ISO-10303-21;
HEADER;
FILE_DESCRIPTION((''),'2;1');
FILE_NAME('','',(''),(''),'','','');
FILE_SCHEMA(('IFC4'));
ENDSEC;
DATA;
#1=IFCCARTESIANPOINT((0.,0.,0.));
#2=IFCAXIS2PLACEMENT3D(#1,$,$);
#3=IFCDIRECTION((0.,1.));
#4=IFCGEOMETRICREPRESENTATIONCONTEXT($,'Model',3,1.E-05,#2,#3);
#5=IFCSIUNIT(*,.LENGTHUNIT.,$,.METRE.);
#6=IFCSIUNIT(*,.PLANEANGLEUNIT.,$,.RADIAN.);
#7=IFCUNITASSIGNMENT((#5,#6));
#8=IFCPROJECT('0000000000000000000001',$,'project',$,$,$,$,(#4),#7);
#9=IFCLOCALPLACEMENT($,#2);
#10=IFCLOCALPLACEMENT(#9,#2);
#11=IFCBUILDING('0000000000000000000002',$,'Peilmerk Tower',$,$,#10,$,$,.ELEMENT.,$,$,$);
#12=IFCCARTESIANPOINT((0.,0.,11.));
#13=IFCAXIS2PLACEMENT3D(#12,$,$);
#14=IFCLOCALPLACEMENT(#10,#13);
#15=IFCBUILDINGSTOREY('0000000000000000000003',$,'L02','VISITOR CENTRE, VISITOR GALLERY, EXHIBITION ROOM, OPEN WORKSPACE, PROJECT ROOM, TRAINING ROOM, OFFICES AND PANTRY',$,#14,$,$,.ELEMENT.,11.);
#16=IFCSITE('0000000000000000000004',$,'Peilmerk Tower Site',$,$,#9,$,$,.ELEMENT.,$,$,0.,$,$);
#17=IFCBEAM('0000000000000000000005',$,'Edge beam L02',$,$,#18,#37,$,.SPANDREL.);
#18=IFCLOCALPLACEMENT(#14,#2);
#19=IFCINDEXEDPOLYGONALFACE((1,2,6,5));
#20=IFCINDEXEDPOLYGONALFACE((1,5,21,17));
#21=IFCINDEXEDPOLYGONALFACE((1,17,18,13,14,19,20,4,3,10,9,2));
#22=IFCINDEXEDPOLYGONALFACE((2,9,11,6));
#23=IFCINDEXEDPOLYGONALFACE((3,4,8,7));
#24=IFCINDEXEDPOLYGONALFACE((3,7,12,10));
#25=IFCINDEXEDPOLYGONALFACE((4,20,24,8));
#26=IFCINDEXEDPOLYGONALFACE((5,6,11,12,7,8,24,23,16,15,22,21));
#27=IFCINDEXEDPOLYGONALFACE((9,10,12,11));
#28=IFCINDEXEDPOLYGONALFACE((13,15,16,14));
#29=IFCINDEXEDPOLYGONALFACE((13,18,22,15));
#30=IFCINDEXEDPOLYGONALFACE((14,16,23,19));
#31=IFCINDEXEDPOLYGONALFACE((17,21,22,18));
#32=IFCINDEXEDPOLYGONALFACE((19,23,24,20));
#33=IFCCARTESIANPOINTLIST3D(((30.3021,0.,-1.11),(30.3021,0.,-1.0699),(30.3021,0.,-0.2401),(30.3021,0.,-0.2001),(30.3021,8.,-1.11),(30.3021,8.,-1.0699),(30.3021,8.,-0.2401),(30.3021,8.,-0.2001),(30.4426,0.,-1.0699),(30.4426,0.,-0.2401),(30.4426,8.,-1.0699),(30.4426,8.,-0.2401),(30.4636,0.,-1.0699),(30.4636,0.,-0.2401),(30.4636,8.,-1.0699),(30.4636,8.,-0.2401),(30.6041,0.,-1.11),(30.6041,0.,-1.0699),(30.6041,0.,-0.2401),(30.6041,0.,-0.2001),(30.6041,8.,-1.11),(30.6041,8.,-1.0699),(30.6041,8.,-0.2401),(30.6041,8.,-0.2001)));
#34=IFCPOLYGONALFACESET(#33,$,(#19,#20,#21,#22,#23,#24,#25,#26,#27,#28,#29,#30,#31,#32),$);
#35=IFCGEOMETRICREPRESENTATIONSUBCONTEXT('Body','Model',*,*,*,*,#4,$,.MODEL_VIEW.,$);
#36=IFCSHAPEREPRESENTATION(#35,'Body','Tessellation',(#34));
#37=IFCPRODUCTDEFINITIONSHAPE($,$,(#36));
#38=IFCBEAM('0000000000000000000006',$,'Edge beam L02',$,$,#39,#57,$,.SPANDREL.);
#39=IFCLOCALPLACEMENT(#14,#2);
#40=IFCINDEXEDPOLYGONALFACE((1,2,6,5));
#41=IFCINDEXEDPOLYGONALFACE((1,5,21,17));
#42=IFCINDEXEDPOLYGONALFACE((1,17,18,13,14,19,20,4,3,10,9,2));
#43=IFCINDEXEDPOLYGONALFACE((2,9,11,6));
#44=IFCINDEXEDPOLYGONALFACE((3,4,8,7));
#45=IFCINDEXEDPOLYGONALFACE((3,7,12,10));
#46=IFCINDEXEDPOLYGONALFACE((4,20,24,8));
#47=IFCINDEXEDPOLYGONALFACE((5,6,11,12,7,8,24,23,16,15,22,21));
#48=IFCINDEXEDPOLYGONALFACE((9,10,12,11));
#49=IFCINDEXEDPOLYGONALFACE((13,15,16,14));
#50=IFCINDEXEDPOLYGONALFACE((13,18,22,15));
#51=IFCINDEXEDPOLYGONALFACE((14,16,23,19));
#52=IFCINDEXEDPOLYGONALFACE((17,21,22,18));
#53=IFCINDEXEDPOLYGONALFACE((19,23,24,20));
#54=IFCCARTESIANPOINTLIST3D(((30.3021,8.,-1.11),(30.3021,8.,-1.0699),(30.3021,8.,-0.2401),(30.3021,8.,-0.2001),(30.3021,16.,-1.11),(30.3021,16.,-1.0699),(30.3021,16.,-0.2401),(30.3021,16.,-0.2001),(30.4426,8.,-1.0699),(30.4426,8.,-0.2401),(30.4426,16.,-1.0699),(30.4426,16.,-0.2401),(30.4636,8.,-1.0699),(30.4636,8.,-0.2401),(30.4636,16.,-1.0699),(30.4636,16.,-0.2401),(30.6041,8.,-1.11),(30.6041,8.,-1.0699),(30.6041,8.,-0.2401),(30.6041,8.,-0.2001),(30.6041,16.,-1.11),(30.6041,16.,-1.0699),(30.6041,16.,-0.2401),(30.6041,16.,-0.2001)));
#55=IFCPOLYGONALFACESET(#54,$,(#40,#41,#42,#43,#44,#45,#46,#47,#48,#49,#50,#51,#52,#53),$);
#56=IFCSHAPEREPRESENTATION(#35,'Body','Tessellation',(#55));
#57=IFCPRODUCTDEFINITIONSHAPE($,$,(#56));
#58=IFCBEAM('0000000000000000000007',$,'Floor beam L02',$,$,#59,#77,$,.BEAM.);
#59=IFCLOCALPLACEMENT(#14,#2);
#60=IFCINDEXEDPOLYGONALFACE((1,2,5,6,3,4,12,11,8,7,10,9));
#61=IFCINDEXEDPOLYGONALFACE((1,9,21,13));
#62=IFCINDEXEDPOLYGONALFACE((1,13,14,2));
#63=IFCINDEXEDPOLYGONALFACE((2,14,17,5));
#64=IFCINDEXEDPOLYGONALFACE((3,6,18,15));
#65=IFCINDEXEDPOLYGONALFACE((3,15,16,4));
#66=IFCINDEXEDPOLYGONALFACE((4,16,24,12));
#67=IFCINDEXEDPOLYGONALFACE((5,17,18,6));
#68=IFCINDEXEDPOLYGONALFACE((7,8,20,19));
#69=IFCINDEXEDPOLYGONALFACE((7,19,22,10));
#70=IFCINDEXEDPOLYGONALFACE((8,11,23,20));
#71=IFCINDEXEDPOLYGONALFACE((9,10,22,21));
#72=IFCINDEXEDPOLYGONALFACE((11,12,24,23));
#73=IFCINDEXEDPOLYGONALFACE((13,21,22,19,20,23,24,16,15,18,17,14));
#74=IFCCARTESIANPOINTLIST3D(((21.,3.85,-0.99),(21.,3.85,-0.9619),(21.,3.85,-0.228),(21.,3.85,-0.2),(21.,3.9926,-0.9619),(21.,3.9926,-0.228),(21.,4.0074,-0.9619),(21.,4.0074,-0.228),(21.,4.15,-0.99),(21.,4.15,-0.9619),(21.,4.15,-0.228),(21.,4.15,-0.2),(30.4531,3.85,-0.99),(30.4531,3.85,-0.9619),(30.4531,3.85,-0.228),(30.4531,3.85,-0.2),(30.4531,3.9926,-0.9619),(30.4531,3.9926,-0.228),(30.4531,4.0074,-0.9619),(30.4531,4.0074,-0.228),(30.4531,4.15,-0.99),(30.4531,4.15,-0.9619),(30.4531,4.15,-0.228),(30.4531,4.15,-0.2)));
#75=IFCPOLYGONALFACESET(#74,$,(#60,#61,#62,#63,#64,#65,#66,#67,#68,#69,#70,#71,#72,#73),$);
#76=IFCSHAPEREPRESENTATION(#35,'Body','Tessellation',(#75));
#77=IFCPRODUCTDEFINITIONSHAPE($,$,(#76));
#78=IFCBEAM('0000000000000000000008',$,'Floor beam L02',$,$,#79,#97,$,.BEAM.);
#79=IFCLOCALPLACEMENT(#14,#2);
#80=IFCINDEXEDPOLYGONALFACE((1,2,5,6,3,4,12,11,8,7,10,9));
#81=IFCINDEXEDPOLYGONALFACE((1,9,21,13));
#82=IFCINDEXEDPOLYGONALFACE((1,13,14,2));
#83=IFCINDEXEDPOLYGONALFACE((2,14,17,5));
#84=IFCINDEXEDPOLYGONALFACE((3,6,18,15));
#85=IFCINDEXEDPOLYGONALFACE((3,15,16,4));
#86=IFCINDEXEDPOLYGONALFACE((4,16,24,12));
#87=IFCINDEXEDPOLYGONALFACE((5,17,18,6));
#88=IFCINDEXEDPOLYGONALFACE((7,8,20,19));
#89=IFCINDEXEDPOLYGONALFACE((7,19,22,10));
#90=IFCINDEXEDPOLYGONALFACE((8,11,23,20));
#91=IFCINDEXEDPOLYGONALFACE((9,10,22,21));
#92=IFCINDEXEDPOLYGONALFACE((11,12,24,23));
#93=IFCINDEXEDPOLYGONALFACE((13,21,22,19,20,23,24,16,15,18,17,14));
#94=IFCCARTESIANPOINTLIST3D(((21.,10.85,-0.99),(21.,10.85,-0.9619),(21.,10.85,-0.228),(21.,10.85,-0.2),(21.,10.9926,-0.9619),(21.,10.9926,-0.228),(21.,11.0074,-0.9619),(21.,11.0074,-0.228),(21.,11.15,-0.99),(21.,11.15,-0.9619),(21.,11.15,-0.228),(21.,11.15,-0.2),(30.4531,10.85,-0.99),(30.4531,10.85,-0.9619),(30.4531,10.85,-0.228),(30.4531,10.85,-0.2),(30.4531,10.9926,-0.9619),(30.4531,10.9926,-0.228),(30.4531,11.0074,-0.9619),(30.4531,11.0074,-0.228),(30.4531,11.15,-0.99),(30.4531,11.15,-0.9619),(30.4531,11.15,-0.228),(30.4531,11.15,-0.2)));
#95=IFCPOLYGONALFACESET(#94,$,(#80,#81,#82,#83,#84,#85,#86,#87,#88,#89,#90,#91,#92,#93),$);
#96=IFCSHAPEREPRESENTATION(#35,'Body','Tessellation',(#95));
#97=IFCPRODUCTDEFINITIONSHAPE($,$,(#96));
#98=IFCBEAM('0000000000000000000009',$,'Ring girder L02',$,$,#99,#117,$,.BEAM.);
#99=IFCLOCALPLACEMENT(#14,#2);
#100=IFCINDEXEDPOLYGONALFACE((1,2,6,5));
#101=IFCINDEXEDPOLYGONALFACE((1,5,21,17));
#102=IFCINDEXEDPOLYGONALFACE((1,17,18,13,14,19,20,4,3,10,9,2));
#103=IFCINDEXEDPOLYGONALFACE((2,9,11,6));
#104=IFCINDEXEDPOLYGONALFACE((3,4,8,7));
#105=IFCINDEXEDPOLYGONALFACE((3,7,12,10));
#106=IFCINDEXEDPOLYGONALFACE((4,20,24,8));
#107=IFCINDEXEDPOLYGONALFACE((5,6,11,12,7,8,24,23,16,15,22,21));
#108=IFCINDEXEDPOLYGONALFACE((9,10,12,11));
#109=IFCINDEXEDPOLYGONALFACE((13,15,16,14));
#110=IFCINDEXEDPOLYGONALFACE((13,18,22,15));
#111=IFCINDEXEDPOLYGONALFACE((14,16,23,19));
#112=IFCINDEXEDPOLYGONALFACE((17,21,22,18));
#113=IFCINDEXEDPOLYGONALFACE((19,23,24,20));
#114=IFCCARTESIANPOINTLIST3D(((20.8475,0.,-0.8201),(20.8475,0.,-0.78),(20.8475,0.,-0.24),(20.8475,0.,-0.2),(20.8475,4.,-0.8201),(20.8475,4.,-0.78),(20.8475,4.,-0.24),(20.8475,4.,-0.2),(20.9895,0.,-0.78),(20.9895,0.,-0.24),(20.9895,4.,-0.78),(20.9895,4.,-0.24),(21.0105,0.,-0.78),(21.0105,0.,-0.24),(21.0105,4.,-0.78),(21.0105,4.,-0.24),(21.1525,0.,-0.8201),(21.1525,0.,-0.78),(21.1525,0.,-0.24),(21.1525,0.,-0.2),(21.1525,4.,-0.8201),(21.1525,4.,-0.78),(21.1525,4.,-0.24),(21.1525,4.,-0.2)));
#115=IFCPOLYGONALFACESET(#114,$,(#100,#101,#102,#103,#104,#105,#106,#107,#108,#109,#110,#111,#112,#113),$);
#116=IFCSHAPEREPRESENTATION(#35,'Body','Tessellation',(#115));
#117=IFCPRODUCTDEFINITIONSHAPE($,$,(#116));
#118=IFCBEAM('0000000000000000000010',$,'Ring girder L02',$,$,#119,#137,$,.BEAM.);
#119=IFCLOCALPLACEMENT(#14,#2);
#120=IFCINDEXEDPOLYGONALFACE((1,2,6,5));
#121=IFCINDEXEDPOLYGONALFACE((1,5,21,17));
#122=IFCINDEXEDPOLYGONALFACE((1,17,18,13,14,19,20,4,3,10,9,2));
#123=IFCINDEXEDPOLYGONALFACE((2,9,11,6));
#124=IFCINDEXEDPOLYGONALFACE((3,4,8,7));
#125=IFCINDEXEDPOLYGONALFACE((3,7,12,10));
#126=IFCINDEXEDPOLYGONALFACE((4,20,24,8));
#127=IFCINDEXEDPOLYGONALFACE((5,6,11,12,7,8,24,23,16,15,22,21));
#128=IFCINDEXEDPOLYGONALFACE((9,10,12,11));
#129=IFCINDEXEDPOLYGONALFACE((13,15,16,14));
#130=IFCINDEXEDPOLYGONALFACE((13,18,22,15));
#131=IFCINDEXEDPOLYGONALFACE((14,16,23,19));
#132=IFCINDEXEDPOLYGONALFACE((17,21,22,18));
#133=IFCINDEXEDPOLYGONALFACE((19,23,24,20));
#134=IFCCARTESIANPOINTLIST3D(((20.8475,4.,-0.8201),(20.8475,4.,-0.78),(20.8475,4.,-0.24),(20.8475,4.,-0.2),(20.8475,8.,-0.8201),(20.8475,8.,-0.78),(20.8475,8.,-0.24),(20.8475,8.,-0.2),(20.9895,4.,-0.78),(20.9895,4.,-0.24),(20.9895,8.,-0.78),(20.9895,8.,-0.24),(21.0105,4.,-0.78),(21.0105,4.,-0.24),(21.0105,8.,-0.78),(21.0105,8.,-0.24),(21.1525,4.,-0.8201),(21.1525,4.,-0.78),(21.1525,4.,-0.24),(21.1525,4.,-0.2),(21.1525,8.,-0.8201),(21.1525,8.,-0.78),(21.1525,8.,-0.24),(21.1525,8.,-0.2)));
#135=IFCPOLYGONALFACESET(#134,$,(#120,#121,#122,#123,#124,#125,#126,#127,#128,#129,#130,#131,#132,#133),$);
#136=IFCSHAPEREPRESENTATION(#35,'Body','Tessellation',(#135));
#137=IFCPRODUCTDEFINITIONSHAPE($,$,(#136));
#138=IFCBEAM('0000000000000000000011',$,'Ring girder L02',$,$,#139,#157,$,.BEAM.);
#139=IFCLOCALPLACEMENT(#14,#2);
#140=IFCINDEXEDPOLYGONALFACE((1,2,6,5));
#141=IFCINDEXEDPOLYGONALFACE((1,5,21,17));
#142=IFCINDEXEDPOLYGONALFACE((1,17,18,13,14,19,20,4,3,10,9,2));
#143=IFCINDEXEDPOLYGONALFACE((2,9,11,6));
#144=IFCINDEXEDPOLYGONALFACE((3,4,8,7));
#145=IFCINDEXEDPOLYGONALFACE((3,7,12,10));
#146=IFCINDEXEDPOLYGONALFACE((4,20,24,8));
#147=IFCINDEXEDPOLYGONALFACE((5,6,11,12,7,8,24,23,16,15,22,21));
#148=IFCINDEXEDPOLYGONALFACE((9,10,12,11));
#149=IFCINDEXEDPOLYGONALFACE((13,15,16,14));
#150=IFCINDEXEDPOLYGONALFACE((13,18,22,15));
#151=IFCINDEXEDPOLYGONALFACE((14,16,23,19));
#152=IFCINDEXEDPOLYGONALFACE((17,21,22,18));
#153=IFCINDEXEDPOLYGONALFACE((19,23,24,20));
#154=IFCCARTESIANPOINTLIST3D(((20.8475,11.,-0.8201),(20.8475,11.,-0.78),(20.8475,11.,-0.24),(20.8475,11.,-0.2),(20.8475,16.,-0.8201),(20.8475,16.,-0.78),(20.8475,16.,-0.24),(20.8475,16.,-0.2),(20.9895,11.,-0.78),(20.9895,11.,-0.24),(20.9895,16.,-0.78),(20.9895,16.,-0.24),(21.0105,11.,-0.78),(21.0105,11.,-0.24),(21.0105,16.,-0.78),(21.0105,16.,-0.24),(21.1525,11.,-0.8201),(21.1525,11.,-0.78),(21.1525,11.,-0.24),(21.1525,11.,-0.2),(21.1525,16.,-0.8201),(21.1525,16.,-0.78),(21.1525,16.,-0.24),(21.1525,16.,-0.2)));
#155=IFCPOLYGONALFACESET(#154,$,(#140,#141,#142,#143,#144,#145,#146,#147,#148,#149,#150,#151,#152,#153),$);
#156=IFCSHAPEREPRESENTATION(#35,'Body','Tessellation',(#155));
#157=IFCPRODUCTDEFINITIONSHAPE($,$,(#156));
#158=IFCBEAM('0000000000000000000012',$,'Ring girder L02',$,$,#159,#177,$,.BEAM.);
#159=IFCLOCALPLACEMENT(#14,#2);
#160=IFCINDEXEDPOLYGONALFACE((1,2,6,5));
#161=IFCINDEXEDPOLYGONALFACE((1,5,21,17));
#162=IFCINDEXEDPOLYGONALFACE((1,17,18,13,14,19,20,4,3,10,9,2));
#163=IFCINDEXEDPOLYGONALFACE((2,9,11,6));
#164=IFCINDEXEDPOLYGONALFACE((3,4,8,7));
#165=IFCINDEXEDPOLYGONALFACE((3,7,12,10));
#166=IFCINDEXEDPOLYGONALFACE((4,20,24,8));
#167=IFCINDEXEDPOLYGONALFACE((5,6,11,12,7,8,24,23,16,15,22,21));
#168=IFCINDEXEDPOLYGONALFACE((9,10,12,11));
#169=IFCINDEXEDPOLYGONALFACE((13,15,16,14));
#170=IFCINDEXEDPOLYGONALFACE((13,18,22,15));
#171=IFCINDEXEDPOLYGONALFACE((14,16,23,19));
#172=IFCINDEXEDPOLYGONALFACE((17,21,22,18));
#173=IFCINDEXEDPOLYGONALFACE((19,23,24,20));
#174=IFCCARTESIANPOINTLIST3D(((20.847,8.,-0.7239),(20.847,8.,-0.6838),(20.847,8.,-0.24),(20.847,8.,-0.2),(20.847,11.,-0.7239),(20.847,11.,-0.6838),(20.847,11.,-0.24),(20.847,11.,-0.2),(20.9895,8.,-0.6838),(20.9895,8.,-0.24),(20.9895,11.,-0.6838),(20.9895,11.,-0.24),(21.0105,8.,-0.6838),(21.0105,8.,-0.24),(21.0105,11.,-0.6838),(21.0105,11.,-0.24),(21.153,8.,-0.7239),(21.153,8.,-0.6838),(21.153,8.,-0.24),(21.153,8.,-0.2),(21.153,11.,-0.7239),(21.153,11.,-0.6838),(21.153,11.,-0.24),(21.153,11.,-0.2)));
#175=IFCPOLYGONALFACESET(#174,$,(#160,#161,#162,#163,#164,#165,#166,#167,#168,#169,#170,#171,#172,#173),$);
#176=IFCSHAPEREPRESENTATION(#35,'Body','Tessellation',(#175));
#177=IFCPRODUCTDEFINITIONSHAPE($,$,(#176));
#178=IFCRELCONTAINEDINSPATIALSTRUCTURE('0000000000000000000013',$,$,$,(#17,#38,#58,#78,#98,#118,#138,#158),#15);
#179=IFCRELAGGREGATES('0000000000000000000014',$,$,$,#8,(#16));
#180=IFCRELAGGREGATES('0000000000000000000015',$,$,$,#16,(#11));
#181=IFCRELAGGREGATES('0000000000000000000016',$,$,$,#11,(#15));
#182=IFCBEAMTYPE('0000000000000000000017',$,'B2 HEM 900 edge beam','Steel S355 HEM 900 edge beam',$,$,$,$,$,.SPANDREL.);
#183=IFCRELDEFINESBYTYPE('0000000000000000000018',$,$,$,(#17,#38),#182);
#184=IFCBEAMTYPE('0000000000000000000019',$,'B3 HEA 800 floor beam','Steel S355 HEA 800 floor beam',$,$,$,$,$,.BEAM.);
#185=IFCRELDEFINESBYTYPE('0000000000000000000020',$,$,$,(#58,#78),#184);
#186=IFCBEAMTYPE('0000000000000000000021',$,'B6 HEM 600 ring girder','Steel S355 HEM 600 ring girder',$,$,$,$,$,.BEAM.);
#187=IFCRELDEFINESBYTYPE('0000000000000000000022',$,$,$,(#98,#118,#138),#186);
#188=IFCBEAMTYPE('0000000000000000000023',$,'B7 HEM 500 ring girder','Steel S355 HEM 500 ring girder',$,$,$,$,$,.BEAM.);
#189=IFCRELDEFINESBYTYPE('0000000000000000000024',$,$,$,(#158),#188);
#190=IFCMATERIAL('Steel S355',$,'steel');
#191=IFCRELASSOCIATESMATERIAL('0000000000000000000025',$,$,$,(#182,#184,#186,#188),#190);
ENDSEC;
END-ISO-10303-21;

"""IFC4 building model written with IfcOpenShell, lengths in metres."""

from ifc_helpers import new_model, si_unit, direction, frame, origin, origin_2d, place, context, subcontext, project, spatial, i_section, extrude, material, material_profile, profile_set, type_object, element, save


model = new_model("IFC4")

# Units and contexts
model_context = context("Model", 3, precision=1e-05, world=origin(), true_north=direction((0.0, 1.0)))
body_context = subcontext(model_context, "Body", "Model", "MODEL_VIEW")
ifc_project = project(units=[si_unit("LENGTHUNIT", "METRE"), si_unit("PLANEANGLEUNIT", "RADIAN")], contexts=[model_context])

# Site, building, storey
site_placement = place(None, origin())
site = spatial("IfcSite", under=ifc_project, at=site_placement, Name="Peilmerk Tower Site", CompositionType="ELEMENT", RefElevation=0.0)
building_placement = place(site_placement, origin())
building = spatial("IfcBuilding", under=site, at=building_placement, Name="Peilmerk Tower", CompositionType="ELEMENT")
storey_placement = place(building_placement, frame((0.0, 0.0, 11.0)))
storey = spatial("IfcBuildingStorey", under=building, at=storey_placement, Name="L02", Description="VISITOR CENTRE, VISITOR GALLERY, EXHIBITION ROOM, OPEN WORKSPACE, PROJECT ROOM, TRAINING ROOM, OFFICES AND PANTRY", CompositionType="ELEMENT", Elevation=11.0)

# Shared definitions
ifc_material_1 = material(Name="Steel S355", Category="steel")

# Beams
ifc_material_profile_1 = material_profile(ifc_material_1, i_section(OverallWidth=0.302, OverallDepth=0.9099, WebThickness=0.021, FlangeThickness=0.04, at=origin_2d()), Name="HEM 900")
ifc_profile_set_1 = profile_set([ifc_material_profile_1], Name="Steel S355")
beam_type_1 = type_object("IfcBeamType", Name="B2 HEM 900 edge beam", Description="Steel S355 HEM 900 edge beam", PredefinedType="SPANDREL", material=ifc_profile_set_1)
for number, where, z_axis, x_axis, name in (
    (1, (30.4531, 0.0, -0.655), (0.0, 1.0, 0.0), (-1.0, 0.0, 0.0), "Edge beam L02"),
    (2, (30.4531, 8.0, -0.655), (0.0, 1.0, 0.0), (-1.0, 0.0, 0.0), "Edge beam L02"),
):
    element("IfcBeam", number, at=place(storey_placement, frame(where, z_axis=z_axis, x_axis=x_axis)), inside=storey, type_object=beam_type_1, Name=name, PredefinedType="SPANDREL", context=body_context, shape_type="SweptSolid", body=[
        extrude(i_section(OverallWidth=0.302, OverallDepth=0.9099, WebThickness=0.021, FlangeThickness=0.04, at=origin_2d()), origin(), (0.0, 0.0, 1.0), 8.0),
    ])
ifc_material_profile_2 = material_profile(ifc_material_1, i_section(OverallWidth=0.3, OverallDepth=0.79, WebThickness=0.0149, FlangeThickness=0.0281, at=origin_2d()), Name="HEA 800")
ifc_profile_set_2 = profile_set([ifc_material_profile_2], Name="Steel S355")
beam_type_2 = type_object("IfcBeamType", Name="B3 HEA 800 floor beam", Description="Steel S355 HEA 800 floor beam", PredefinedType="BEAM", material=ifc_profile_set_2)
for number, where, z_axis, x_axis, name in (
    (3, (21.0, 4.0, -0.595), (1.0, 0.0, 0.0), (0.0, 1.0, 0.0), "Floor beam L02"),
    (4, (21.0, 11.0, -0.595), (1.0, 0.0, 0.0), (0.0, 1.0, 0.0), "Floor beam L02"),
):
    element("IfcBeam", number, at=place(storey_placement, frame(where, z_axis=z_axis, x_axis=x_axis)), inside=storey, type_object=beam_type_2, Name=name, PredefinedType="BEAM", context=body_context, shape_type="SweptSolid", body=[
        extrude(i_section(OverallWidth=0.3, OverallDepth=0.79, WebThickness=0.0149, FlangeThickness=0.0281, at=origin_2d()), origin(), (0.0, 0.0, 1.0), 9.4531),
    ])
ifc_material_profile_3 = material_profile(ifc_material_1, i_section(OverallWidth=0.3049, OverallDepth=0.6201, WebThickness=0.021, FlangeThickness=0.04, at=origin_2d()), Name="HEM 600")
ifc_profile_set_3 = profile_set([ifc_material_profile_3], Name="Steel S355")
beam_type_3 = type_object("IfcBeamType", Name="B6 HEM 600 ring girder", Description="Steel S355 HEM 600 ring girder", PredefinedType="BEAM", material=ifc_profile_set_3)
for number, where, z_axis, x_axis, name in (
    (5, (21.0, 0.0, -0.51), (0.0, 1.0, 0.0), (-1.0, 0.0, 0.0), "Ring girder L02"),
    (6, (21.0, 4.0, -0.51), (0.0, 1.0, 0.0), (-1.0, 0.0, 0.0), "Ring girder L02"),
):
    element("IfcBeam", number, at=place(storey_placement, frame(where, z_axis=z_axis, x_axis=x_axis)), inside=storey, type_object=beam_type_3, Name=name, PredefinedType="BEAM", context=body_context, shape_type="SweptSolid", body=[
        extrude(i_section(OverallWidth=0.3049, OverallDepth=0.6201, WebThickness=0.021, FlangeThickness=0.04, at=origin_2d()), origin(), (0.0, 0.0, 1.0), 4.0),
    ])
beam_1_placement = place(storey_placement, frame((21.0, 11.0, -0.51), z_axis=(0.0, 1.0, 0.0), x_axis=(-1.0, 0.0, 0.0)))
element("IfcBeam", 7, at=beam_1_placement, inside=storey, type_object=beam_type_3, Name="Ring girder L02", PredefinedType="BEAM", context=body_context, shape_type="SweptSolid", body=[
    extrude(i_section(OverallWidth=0.3049, OverallDepth=0.6201, WebThickness=0.021, FlangeThickness=0.04, at=origin_2d()), origin(), (0.0, 0.0, 1.0), 5.0),
])
ifc_material_profile_4 = material_profile(ifc_material_1, i_section(OverallWidth=0.3059, OverallDepth=0.5239, WebThickness=0.021, FlangeThickness=0.04, at=origin_2d()), Name="HEM 500")
ifc_profile_set_4 = profile_set([ifc_material_profile_4], Name="Steel S355")
beam_type_4 = type_object("IfcBeamType", Name="B7 HEM 500 ring girder", Description="Steel S355 HEM 500 ring girder", PredefinedType="BEAM", material=ifc_profile_set_4)
beam_2_placement = place(storey_placement, frame((21.0, 8.0, -0.4619), z_axis=(0.0, 1.0, 0.0), x_axis=(-1.0, 0.0, 0.0)))
element("IfcBeam", 8, at=beam_2_placement, inside=storey, type_object=beam_type_4, Name="Ring girder L02", PredefinedType="BEAM", context=body_context, shape_type="SweptSolid", body=[
    extrude(i_section(OverallWidth=0.3059, OverallDepth=0.5239, WebThickness=0.021, FlangeThickness=0.04, at=origin_2d()), origin(), (0.0, 0.0, 1.0), 3.0),
])

save(model, "model.ifc")
